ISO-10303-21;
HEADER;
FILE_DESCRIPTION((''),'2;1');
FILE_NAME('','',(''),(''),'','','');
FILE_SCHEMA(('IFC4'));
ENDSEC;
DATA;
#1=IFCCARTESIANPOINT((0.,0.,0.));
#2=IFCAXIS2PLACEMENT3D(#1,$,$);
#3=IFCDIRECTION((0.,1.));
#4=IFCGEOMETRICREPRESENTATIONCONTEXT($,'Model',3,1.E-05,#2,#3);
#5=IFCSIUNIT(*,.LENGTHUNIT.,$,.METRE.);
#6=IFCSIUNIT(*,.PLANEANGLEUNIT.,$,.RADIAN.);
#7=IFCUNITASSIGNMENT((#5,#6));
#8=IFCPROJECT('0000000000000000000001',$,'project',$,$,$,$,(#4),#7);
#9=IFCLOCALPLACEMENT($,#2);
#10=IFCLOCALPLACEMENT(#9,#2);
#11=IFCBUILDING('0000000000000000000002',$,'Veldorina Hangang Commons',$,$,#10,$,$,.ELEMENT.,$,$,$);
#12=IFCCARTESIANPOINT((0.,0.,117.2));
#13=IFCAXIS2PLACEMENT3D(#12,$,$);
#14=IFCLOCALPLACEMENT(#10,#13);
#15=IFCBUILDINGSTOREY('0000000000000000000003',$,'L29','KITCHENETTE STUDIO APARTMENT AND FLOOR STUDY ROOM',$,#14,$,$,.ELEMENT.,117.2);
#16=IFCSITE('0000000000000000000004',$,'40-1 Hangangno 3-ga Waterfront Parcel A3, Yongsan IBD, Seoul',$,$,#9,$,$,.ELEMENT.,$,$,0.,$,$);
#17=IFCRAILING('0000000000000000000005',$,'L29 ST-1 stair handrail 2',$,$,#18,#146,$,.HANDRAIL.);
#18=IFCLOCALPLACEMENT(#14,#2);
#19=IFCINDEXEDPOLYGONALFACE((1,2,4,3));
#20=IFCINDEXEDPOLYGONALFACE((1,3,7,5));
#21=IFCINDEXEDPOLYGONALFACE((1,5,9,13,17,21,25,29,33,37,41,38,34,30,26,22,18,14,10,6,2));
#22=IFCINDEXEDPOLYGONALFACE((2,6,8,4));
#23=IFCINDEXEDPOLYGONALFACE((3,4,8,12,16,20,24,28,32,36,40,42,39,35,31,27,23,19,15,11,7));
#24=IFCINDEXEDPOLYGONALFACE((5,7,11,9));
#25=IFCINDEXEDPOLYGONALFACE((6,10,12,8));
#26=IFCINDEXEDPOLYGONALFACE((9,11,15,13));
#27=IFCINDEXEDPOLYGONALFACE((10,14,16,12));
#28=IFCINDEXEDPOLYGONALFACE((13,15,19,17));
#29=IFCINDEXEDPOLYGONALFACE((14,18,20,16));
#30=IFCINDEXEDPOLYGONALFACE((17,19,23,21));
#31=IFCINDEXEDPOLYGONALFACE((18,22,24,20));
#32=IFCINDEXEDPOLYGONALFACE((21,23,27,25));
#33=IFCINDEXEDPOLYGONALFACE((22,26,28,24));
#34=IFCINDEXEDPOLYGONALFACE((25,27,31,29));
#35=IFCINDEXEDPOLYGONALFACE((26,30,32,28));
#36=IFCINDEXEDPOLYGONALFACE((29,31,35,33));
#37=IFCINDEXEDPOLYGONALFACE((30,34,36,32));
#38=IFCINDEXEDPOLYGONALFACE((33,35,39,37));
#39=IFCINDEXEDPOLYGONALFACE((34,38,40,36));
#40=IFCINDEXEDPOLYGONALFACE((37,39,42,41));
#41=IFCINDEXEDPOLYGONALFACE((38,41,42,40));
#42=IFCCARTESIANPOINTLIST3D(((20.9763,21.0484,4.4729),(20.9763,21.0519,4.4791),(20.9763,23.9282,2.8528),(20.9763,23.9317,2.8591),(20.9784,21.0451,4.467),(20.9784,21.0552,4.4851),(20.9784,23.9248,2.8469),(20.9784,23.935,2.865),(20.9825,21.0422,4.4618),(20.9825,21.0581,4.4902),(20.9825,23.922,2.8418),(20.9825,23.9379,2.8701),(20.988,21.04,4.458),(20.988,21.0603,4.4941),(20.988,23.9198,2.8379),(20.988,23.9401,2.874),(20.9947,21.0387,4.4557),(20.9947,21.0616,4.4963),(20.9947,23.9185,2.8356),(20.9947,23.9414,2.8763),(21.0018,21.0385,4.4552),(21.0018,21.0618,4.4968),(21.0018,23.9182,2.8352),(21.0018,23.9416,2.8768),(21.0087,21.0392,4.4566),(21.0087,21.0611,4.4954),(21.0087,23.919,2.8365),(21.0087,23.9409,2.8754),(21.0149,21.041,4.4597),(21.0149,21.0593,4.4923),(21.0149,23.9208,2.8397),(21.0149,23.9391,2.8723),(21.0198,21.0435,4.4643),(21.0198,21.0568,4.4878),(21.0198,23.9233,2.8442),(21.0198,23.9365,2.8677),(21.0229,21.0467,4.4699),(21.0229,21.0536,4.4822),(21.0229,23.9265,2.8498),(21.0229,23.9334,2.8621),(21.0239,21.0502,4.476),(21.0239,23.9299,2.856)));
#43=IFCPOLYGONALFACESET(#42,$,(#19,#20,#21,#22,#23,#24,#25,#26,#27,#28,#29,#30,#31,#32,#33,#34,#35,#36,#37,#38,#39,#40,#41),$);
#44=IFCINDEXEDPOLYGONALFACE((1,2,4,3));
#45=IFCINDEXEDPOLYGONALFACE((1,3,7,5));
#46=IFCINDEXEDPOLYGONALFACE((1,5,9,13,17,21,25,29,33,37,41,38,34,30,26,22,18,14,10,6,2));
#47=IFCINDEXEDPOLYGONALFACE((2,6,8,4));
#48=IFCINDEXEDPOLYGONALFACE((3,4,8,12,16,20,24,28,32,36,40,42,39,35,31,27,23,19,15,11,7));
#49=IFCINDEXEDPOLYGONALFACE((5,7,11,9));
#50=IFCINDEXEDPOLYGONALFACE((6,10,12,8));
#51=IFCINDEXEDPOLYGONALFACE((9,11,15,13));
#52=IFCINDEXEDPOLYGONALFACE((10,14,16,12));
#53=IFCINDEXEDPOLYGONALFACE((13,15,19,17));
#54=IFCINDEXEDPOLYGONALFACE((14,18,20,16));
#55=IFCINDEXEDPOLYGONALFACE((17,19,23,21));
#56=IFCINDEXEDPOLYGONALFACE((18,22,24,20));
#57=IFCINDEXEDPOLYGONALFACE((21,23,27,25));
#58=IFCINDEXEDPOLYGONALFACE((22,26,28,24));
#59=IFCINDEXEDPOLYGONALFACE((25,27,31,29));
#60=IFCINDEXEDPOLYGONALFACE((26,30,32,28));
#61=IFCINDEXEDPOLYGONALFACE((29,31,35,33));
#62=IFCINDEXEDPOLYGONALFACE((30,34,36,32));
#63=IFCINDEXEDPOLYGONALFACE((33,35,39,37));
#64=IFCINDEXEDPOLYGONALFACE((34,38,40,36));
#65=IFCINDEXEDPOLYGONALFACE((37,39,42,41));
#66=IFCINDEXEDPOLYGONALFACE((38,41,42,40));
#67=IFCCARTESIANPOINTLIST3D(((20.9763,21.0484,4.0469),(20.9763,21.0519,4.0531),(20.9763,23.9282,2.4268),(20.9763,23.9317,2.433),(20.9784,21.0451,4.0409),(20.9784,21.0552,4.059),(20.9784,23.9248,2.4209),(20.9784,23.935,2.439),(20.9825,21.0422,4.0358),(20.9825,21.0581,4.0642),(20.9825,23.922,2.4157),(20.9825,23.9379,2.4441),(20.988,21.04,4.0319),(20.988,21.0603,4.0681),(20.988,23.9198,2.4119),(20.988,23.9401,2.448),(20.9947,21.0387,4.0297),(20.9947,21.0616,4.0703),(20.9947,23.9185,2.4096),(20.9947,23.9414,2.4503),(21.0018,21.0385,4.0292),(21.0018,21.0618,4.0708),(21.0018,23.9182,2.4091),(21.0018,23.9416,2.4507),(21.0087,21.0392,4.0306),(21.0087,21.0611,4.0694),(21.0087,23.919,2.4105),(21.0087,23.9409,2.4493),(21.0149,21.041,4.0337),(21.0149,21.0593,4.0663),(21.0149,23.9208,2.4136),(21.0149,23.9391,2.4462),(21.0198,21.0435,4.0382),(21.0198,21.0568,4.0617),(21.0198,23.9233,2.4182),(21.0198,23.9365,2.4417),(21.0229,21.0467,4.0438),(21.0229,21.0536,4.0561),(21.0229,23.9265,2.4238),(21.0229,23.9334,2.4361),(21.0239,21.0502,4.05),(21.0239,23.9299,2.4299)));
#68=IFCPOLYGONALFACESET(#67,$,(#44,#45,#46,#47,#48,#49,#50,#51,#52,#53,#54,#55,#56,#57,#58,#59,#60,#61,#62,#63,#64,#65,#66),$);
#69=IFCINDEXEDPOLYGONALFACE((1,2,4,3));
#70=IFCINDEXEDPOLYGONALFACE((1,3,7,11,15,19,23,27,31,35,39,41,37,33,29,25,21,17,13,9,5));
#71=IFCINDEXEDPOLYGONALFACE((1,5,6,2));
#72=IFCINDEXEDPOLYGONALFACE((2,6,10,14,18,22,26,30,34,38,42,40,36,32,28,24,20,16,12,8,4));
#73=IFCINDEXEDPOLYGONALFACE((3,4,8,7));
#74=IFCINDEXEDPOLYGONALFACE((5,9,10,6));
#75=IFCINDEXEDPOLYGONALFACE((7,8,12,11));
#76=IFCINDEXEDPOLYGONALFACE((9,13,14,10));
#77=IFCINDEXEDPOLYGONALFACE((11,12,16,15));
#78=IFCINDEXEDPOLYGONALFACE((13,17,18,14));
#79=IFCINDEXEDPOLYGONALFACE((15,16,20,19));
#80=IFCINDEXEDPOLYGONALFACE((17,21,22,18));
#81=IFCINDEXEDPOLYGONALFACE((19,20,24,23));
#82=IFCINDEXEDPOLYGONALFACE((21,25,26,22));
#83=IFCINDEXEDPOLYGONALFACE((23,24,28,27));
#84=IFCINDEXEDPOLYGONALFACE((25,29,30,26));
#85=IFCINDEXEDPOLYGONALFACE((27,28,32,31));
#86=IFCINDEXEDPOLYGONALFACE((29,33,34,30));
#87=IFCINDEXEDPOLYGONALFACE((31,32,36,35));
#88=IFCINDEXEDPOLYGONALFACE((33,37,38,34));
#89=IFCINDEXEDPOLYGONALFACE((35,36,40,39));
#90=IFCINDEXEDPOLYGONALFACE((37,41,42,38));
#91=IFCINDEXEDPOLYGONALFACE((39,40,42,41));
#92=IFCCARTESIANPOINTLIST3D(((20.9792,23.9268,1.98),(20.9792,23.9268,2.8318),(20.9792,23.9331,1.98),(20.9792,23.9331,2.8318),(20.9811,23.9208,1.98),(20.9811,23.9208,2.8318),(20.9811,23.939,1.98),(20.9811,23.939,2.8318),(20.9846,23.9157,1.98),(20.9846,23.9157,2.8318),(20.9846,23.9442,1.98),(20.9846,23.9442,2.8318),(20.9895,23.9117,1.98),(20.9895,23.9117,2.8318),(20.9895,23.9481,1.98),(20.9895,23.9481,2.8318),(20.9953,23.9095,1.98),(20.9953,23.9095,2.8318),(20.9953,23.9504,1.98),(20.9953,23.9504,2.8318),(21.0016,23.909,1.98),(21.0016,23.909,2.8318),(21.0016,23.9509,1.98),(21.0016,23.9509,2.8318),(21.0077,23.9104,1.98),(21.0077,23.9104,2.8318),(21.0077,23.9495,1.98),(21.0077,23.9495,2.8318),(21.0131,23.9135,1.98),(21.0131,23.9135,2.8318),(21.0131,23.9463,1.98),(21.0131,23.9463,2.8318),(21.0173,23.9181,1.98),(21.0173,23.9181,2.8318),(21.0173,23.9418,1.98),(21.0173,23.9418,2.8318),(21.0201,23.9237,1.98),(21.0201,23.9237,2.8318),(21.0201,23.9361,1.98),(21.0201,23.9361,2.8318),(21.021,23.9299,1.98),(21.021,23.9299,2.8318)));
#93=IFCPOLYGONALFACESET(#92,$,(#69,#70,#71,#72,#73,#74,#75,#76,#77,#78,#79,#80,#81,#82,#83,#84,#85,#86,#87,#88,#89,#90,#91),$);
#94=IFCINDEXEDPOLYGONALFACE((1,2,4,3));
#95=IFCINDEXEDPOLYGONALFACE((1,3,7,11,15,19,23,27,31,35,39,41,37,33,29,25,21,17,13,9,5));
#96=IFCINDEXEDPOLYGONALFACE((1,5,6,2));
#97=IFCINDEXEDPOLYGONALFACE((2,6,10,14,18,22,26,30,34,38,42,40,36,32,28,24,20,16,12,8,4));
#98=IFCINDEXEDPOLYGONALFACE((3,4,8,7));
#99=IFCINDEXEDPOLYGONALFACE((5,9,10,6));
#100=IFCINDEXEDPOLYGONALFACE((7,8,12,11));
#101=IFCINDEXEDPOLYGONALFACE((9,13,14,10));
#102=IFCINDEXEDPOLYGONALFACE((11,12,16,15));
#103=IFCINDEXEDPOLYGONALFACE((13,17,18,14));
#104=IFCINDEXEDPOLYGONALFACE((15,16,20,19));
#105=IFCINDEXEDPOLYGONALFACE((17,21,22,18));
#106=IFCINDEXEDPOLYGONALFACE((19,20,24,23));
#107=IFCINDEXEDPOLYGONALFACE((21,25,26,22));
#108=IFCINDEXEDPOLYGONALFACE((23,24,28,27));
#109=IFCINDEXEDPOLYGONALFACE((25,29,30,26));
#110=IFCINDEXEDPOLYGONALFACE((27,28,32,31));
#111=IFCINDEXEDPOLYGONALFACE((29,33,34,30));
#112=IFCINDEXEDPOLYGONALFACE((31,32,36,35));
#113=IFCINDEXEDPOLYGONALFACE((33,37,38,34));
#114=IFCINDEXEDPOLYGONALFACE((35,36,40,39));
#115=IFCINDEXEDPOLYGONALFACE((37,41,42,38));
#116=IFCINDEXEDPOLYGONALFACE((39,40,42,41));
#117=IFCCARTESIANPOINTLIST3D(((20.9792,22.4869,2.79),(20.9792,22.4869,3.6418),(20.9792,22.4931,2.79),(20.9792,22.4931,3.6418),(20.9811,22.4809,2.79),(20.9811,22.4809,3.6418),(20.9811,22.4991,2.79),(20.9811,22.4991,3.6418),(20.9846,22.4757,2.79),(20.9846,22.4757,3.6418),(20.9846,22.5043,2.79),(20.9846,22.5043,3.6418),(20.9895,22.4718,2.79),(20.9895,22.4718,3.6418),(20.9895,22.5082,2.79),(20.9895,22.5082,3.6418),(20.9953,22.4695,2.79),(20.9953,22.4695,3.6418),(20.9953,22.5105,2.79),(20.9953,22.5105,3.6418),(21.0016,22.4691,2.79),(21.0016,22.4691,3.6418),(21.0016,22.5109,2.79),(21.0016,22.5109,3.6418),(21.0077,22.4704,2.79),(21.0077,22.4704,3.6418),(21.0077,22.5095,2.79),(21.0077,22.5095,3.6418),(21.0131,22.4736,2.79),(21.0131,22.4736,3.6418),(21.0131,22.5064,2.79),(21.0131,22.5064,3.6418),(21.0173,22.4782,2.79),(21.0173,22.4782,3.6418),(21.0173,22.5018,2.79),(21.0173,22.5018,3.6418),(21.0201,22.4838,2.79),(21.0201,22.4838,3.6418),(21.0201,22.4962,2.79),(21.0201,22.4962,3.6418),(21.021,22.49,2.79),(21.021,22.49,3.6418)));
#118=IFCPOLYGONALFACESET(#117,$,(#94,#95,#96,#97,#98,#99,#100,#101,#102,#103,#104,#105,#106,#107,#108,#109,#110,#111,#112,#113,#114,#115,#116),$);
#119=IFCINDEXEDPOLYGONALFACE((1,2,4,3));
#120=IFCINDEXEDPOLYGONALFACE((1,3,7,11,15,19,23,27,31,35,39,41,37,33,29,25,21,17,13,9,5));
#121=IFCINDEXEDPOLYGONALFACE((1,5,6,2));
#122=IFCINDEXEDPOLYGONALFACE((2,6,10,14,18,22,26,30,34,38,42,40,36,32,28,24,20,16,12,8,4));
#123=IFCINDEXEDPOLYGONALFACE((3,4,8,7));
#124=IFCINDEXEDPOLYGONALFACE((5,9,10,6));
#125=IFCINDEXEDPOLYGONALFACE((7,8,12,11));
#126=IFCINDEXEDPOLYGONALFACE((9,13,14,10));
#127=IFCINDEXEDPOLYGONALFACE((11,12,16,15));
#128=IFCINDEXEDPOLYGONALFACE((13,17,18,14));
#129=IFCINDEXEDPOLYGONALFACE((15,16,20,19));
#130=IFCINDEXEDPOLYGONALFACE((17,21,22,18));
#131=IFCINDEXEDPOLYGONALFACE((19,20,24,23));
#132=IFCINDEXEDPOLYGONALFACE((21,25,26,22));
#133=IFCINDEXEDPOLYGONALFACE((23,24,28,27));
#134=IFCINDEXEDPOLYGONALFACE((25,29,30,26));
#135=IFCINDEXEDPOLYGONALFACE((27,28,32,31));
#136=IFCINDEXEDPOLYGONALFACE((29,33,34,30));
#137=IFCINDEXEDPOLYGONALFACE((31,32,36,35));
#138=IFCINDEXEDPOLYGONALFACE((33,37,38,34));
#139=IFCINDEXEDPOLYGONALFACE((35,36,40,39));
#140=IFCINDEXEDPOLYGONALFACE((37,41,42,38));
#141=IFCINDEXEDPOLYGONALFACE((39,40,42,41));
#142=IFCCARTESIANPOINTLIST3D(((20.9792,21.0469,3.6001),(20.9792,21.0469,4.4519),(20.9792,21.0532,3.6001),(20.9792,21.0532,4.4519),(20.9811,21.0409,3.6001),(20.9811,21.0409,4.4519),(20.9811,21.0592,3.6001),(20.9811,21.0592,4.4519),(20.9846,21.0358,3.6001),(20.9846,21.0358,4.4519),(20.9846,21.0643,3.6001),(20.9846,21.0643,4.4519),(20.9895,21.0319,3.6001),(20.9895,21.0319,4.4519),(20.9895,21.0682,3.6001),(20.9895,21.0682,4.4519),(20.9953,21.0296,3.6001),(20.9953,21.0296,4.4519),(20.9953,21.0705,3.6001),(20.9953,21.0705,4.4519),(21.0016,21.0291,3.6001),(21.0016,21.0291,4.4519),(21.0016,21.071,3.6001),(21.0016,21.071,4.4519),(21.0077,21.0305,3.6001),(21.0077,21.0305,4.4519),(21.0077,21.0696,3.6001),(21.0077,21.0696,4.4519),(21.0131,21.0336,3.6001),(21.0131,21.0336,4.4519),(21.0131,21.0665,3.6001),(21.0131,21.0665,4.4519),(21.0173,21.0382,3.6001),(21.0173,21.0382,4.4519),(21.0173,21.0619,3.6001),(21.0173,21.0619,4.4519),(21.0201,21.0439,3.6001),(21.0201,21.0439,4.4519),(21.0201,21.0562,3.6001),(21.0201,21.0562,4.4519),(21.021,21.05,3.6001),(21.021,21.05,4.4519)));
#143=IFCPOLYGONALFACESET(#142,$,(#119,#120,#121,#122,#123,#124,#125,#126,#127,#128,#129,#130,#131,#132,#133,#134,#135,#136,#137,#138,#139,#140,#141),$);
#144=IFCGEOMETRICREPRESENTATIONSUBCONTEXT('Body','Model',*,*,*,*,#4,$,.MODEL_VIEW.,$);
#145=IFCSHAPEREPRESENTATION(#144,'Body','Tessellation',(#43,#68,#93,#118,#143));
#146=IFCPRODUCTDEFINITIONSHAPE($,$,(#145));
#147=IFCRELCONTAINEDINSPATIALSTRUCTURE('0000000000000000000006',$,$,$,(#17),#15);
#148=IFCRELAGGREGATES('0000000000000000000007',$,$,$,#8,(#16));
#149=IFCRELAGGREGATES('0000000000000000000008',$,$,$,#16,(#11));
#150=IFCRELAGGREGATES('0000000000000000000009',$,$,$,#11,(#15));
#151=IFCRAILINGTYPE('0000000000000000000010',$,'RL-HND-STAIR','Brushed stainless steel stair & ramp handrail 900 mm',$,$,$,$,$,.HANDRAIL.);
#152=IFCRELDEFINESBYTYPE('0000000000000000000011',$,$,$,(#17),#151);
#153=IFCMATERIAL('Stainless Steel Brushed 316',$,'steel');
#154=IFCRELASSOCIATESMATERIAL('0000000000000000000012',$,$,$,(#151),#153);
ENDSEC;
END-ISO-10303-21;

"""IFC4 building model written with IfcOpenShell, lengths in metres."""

from ifc_helpers import new_model, si_unit, direction, frame, origin, origin_2d, place, context, subcontext, project, spatial, circle, extrude, material, type_object, element, save


model = new_model("IFC4")

# Units and contexts
model_context = context("Model", 3, precision=1e-05, world=origin(), true_north=direction((0.0, 1.0)))
body_context = subcontext(model_context, "Body", "Model", "MODEL_VIEW")
ifc_project = project(units=[si_unit("LENGTHUNIT", "METRE"), si_unit("PLANEANGLEUNIT", "RADIAN")], contexts=[model_context])

# Site, building, storey
site_placement = place(None, origin())
site = spatial("IfcSite", under=ifc_project, at=site_placement, Name="40-1 Hangangno 3-ga Waterfront Parcel A3, Yongsan IBD, Seoul", CompositionType="ELEMENT", RefElevation=0.0)
building_placement = place(site_placement, origin())
building = spatial("IfcBuilding", under=site, at=building_placement, Name="Veldorina Hangang Commons", CompositionType="ELEMENT")
storey_placement = place(building_placement, frame((0.0, 0.0, 117.2)))
storey = spatial("IfcBuildingStorey", under=building, at=storey_placement, Name="L29", Description="KITCHENETTE STUDIO APARTMENT AND FLOOR STUDY ROOM", CompositionType="ELEMENT", Elevation=117.2)

# Railing
ifc_material_1 = material(Name="Stainless Steel Brushed 316", Category="steel")
railing_type_1 = type_object("IfcRailingType", Name="RL-HND-STAIR", Description="Brushed stainless steel stair & ramp handrail 900 mm", PredefinedType="HANDRAIL", material=ifc_material_1)
railing_1_placement = place(storey_placement, frame((21.0, 23.9299, 1.98)))
element("IfcRailing", 1, at=railing_1_placement, inside=storey, type_object=railing_type_1, Name="L29 ST-1 stair handrail 2", PredefinedType="HANDRAIL", context=body_context, shape_type="SweptSolid", body=[
    extrude(circle(Radius=0.0239, at=origin_2d()), frame((0.0, 0.0, 0.876), z_axis=(0.0, -0.871552, 0.490303), x_axis=(1.0, 0.0, 0.0)), (0.0, 0.0, 1.0), 3.3042),
    extrude(circle(Radius=0.0239, at=origin_2d()), frame((0.0, 0.0, 0.45), z_axis=(0.0, -0.871552, 0.490303), x_axis=(1.0, 0.0, 0.0)), (0.0, 0.0, 1.0), 3.3042),
    extrude(circle(Radius=0.021, at=origin_2d()), origin(), (0.0, 0.0, 1.0), 0.8518),
    extrude(circle(Radius=0.021, at=origin_2d()), frame((0.0, -1.4399, 0.8101)), (0.0, 0.0, 1.0), 0.8518),
    extrude(circle(Radius=0.021, at=origin_2d()), frame((0.0, -2.8799, 1.6201)), (0.0, 0.0, 1.0), 0.8518),
])

save(model, "model.ifc")
